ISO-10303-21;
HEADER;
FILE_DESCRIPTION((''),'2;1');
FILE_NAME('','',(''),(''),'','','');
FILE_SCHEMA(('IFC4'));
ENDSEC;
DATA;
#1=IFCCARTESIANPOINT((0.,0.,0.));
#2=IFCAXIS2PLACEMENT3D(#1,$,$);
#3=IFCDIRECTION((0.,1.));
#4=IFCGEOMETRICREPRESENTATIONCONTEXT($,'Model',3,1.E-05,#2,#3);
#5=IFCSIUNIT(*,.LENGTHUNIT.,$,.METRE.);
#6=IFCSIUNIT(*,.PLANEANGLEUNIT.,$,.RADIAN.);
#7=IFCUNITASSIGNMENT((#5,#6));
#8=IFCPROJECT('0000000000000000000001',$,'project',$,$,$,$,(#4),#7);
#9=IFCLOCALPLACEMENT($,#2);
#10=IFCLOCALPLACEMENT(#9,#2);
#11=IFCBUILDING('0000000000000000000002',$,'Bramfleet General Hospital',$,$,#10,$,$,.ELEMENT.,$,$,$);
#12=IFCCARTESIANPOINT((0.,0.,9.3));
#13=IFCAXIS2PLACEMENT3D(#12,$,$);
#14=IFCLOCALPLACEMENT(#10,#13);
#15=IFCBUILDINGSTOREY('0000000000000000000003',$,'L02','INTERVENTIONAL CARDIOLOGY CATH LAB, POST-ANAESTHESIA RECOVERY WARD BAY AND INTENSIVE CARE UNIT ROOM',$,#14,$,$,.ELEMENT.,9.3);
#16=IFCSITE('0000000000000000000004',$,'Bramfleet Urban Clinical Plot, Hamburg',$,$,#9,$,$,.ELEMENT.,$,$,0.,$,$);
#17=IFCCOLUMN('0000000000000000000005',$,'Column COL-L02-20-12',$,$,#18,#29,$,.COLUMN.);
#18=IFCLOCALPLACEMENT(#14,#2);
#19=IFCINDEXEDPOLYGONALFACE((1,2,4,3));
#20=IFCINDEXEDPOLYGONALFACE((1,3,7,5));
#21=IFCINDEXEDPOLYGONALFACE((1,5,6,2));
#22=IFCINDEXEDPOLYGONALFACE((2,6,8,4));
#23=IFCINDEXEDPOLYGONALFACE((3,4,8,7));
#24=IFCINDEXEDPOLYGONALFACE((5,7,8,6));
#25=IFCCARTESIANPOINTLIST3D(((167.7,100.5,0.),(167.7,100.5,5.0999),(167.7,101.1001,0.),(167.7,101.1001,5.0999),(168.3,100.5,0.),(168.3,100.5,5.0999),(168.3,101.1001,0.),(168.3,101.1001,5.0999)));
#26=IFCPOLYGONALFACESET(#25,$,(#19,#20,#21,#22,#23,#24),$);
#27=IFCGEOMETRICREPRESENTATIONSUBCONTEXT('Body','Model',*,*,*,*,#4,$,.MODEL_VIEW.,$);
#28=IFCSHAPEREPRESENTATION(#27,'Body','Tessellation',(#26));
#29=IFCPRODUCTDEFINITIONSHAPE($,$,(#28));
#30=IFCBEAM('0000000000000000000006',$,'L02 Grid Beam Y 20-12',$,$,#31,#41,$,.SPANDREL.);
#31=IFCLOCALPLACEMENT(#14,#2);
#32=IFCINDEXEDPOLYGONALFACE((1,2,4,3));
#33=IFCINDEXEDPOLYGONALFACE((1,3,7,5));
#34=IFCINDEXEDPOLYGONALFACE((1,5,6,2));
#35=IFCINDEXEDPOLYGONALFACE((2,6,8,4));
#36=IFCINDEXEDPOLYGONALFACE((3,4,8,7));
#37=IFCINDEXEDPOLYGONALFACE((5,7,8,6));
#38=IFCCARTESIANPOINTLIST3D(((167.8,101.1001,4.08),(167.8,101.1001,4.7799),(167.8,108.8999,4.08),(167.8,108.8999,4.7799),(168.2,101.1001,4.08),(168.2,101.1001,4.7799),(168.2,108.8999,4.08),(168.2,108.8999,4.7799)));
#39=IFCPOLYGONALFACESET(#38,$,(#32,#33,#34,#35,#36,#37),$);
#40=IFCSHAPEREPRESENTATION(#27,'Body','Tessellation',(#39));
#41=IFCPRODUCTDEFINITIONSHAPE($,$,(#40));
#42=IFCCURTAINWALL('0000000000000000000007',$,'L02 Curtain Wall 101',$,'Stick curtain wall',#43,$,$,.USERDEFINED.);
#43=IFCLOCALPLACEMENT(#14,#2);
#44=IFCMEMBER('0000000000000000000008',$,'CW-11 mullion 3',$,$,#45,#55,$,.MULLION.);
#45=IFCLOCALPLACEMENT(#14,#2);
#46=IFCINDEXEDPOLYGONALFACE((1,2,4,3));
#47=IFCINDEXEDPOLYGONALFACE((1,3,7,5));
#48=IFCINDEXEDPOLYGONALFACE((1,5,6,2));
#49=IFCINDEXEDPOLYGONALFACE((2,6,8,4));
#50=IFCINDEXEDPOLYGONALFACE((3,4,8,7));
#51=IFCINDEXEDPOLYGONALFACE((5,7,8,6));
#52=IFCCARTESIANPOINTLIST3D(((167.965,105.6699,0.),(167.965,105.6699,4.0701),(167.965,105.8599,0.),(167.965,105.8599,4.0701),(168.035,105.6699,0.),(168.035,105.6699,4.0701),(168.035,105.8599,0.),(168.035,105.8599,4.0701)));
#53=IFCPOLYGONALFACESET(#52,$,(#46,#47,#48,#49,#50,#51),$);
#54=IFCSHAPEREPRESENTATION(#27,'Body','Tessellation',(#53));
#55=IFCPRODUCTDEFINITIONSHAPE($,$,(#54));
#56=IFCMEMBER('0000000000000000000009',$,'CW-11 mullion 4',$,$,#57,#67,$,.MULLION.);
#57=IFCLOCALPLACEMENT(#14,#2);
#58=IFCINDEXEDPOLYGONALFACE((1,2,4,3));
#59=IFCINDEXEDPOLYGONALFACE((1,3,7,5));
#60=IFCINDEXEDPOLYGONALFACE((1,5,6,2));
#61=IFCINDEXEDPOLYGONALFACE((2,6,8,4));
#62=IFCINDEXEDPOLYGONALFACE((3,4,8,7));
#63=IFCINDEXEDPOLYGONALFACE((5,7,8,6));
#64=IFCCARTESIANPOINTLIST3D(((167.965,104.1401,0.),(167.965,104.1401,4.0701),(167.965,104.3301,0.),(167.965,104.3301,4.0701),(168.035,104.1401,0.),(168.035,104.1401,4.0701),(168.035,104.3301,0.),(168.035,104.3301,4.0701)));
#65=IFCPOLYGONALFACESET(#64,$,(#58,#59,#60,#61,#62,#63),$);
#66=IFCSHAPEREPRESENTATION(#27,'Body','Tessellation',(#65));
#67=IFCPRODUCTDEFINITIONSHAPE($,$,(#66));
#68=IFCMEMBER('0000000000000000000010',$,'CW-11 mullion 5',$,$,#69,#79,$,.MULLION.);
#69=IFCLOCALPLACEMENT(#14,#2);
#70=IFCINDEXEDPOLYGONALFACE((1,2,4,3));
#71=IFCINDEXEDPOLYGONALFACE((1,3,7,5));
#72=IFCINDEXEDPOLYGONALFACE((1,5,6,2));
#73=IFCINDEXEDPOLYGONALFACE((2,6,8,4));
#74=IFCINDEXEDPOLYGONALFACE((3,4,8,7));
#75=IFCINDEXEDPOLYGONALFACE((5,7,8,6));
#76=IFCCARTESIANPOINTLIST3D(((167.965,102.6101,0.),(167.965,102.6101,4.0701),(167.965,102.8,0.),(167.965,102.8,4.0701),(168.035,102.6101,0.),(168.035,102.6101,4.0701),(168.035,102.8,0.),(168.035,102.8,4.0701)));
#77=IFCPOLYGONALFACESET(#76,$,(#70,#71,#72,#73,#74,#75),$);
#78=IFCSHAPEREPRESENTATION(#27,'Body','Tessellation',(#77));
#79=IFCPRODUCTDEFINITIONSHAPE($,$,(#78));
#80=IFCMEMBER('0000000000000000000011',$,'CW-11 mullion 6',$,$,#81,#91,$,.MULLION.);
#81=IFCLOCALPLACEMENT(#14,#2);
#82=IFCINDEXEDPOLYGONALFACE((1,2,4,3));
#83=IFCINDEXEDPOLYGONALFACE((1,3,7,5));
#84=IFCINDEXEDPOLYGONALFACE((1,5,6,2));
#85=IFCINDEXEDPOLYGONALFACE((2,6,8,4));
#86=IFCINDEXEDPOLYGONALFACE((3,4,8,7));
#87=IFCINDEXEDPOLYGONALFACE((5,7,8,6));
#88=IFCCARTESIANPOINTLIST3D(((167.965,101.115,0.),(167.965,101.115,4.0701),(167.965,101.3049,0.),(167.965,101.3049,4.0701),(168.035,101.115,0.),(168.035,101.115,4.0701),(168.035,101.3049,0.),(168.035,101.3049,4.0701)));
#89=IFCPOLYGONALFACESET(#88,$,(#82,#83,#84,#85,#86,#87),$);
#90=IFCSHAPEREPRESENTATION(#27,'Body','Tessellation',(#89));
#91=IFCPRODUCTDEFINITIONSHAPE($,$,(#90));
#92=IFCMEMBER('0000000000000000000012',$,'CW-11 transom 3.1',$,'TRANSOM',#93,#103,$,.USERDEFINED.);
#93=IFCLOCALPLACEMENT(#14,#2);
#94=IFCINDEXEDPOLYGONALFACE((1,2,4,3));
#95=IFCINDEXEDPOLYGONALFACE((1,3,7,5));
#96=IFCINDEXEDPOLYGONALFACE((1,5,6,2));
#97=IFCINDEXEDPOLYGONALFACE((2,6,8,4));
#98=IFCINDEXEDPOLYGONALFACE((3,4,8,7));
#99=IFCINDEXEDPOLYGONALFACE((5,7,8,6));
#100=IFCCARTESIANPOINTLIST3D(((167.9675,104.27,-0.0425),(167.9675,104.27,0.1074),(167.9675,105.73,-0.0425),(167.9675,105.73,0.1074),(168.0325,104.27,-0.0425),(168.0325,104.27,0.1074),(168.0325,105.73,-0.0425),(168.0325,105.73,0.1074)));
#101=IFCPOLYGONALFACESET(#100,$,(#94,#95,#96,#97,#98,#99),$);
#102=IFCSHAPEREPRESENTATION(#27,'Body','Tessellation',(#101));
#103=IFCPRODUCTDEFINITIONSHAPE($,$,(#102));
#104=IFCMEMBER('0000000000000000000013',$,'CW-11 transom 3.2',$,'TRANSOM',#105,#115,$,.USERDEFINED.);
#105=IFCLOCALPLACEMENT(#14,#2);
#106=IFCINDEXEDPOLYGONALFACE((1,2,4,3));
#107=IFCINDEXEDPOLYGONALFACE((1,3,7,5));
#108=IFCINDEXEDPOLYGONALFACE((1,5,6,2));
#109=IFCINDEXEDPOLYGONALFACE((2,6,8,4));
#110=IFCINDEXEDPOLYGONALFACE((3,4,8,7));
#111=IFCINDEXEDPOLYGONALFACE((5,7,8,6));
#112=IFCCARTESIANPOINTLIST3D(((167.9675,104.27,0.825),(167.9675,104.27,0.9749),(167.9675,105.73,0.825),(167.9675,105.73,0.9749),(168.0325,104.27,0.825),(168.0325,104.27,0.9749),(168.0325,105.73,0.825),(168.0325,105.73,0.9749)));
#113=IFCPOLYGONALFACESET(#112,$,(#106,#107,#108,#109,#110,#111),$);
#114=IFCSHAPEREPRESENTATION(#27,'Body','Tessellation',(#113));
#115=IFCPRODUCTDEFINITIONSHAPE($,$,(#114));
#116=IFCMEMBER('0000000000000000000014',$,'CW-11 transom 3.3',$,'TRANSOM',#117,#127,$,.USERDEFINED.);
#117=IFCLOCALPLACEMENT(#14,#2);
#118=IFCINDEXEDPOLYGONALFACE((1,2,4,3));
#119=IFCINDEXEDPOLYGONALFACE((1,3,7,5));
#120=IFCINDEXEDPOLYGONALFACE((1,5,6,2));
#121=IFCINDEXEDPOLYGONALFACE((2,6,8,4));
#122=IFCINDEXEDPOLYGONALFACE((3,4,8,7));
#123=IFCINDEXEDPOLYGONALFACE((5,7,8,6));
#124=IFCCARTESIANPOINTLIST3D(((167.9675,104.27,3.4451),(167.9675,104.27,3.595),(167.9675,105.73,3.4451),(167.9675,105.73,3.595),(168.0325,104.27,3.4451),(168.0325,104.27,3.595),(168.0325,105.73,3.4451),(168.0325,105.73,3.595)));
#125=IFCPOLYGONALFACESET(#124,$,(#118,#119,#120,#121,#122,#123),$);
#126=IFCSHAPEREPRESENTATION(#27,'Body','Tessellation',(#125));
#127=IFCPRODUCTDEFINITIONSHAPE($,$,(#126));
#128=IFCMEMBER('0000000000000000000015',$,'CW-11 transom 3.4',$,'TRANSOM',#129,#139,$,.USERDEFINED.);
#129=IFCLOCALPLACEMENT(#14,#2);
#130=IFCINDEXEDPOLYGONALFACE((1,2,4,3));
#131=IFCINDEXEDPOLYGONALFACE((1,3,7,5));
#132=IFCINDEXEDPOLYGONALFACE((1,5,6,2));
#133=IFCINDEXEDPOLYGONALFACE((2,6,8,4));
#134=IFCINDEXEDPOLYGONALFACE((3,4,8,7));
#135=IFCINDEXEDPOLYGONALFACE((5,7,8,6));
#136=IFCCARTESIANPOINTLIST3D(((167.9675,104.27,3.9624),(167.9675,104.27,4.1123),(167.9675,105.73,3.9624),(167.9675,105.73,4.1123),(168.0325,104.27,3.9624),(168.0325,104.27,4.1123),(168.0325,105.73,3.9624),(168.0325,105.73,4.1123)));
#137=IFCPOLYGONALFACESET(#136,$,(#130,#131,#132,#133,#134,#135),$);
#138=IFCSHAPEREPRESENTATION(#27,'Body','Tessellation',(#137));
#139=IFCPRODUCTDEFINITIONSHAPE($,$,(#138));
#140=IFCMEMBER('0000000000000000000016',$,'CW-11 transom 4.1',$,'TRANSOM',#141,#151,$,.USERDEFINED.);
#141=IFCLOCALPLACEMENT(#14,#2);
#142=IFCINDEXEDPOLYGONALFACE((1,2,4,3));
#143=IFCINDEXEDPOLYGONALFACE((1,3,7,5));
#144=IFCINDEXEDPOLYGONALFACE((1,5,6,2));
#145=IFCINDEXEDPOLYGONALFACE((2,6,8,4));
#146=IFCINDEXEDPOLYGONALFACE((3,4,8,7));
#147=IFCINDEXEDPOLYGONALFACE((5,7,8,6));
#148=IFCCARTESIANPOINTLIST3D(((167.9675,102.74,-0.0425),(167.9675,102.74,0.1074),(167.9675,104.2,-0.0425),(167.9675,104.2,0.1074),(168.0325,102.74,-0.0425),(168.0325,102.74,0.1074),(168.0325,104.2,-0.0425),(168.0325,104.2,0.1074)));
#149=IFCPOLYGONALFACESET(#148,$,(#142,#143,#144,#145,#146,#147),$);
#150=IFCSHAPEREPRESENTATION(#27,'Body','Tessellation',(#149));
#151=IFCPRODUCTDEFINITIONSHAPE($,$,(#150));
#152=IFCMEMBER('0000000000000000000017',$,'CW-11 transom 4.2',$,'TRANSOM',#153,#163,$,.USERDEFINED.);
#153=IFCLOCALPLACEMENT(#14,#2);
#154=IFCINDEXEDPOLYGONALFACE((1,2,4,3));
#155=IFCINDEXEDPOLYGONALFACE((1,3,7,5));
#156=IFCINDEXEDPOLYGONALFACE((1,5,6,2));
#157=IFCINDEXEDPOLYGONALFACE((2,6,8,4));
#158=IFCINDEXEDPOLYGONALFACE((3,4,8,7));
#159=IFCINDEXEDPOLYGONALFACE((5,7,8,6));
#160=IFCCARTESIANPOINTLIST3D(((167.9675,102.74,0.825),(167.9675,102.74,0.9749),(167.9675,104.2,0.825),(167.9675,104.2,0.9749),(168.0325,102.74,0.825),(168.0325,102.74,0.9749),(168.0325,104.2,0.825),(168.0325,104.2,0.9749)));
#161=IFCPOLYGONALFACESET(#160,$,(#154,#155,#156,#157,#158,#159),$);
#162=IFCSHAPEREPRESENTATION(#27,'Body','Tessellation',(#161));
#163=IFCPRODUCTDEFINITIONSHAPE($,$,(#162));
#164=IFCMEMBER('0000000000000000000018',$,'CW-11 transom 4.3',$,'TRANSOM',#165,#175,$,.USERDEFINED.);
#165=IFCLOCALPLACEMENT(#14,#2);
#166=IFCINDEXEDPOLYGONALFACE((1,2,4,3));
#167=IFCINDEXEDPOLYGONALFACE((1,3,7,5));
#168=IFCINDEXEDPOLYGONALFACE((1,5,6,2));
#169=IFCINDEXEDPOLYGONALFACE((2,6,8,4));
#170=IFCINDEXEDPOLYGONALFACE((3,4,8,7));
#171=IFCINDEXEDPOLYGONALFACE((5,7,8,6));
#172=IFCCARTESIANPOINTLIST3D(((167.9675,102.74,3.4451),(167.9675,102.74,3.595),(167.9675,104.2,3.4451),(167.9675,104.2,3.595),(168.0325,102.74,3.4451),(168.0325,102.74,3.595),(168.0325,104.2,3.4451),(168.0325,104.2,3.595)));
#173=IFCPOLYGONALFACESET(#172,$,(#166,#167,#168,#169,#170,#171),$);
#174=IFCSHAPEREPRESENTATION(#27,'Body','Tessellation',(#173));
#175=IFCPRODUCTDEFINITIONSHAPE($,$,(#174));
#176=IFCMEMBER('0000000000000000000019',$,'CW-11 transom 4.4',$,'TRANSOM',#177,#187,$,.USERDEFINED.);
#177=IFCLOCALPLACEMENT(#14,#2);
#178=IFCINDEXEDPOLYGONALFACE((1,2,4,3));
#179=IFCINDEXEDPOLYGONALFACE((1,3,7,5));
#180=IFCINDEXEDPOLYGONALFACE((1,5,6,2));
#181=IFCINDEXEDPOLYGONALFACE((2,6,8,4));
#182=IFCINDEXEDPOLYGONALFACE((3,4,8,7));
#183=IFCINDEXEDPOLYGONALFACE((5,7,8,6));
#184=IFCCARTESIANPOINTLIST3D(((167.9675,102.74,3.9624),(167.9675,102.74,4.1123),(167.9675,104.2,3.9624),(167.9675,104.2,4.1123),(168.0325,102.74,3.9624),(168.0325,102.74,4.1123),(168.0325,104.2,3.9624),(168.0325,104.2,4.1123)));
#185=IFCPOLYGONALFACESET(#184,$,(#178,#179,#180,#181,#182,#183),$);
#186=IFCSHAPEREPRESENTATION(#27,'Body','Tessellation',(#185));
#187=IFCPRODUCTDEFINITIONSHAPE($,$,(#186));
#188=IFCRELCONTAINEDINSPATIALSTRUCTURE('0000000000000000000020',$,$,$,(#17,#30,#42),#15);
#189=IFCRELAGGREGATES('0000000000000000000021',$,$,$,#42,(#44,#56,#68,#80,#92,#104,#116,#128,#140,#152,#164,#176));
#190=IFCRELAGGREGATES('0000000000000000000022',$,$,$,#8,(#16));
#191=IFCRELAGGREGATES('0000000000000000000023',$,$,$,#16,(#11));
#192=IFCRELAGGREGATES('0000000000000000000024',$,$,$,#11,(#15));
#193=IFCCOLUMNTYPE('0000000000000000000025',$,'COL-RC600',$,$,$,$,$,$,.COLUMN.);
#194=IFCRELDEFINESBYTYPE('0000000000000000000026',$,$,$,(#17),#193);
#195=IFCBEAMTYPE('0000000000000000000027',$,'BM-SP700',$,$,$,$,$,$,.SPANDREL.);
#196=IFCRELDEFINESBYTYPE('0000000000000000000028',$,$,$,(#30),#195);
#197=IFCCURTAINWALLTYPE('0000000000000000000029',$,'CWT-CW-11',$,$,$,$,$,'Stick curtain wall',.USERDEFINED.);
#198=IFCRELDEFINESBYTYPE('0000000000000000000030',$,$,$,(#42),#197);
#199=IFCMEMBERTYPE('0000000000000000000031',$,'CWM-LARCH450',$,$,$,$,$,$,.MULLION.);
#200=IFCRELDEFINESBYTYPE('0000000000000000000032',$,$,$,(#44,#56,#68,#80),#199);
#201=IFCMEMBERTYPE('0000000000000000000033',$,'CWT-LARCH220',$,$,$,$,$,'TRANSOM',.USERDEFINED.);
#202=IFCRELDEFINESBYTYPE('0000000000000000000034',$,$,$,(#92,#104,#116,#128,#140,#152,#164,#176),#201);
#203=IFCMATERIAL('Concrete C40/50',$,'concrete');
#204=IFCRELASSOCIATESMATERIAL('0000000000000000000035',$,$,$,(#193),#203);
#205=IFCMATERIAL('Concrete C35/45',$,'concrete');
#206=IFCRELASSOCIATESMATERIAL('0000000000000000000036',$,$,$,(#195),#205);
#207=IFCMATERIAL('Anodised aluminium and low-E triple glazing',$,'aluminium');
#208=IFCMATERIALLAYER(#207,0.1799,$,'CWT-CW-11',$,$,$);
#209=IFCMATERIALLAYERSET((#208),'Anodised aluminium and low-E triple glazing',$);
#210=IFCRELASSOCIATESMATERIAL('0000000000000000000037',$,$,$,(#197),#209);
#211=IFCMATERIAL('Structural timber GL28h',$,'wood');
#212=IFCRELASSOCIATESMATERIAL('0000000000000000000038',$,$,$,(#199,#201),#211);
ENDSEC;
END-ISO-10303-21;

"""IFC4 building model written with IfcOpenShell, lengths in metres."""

from ifc_helpers import new_model, si_unit, direction, frame, origin, origin_2d, place, context, subcontext, project, spatial, rectangle, extrude, material, layer, layer_set, material_profile, profile_set, type_object, element, aggregate, save


model = new_model("IFC4")

# Units and contexts
model_context = context("Model", 3, precision=1e-05, world=origin(), true_north=direction((0.0, 1.0)))
body_context = subcontext(model_context, "Body", "Model", "MODEL_VIEW")
ifc_project = project(units=[si_unit("LENGTHUNIT", "METRE"), si_unit("PLANEANGLEUNIT", "RADIAN")], contexts=[model_context])

# Site, building, storey
site_placement = place(None, origin())
site = spatial("IfcSite", under=ifc_project, at=site_placement, Name="Bramfleet Urban Clinical Plot, Hamburg", CompositionType="ELEMENT", RefElevation=0.0)
building_placement = place(site_placement, origin())
building = spatial("IfcBuilding", under=site, at=building_placement, Name="Bramfleet General Hospital", CompositionType="ELEMENT")
storey_placement = place(building_placement, frame((0.0, 0.0, 9.3)))
storey = spatial("IfcBuildingStorey", under=building, at=storey_placement, Name="L02", Description="INTERVENTIONAL CARDIOLOGY CATH LAB, POST-ANAESTHESIA RECOVERY WARD BAY AND INTENSIVE CARE UNIT ROOM", CompositionType="ELEMENT", Elevation=9.3)

# Column
ifc_material_1 = material(Name="Concrete C40/50", Category="concrete")
ifc_material_profile_1 = material_profile(ifc_material_1, rectangle(XDim=0.6001, YDim=0.6001, at=origin_2d()), Name="RC COL 600x600")
ifc_profile_set_1 = profile_set([ifc_material_profile_1], Name="Concrete C40/50")
column_type = type_object("IfcColumnType", Name="COL-RC600", PredefinedType="COLUMN", material=ifc_profile_set_1)
column_placement = place(storey_placement, frame((168.0, 100.8, 0.0), z_axis=(0.0, 0.0, 1.0), x_axis=(1.0, 0.0, 0.0)))
element("IfcColumn", 1, at=column_placement, inside=storey, type_object=column_type, Name="Column COL-L02-20-12", PredefinedType="COLUMN", context=body_context, shape_type="SweptSolid", body=[
    extrude(rectangle(XDim=0.6001, YDim=0.6001, at=origin_2d()), origin(), (0.0, 0.0, 1.0), 5.0999),
])

# Beam
ifc_material_2 = material(Name="Concrete C35/45", Category="concrete")
ifc_material_profile_2 = material_profile(ifc_material_2, rectangle(XDim=0.3999, YDim=0.7, at=origin_2d()), Name="RC SP 700x400")
ifc_profile_set_2 = profile_set([ifc_material_profile_2], Name="Concrete C35/45")
beam_type = type_object("IfcBeamType", Name="BM-SP700", PredefinedType="SPANDREL", material=ifc_profile_set_2)
beam_placement = place(storey_placement, frame((168.0, 101.1001, 4.4299), z_axis=(0.0, 1.0, 0.0), x_axis=(-1.0, 0.0, 0.0)))
element("IfcBeam", 2, at=beam_placement, inside=storey, type_object=beam_type, Name="L02 Grid Beam Y 20-12", PredefinedType="SPANDREL", context=body_context, shape_type="SweptSolid", body=[
    extrude(rectangle(XDim=0.3999, YDim=0.7, at=origin_2d()), origin(), (0.0, 0.0, 1.0), 7.7998),
])

# Curtain wall, members
ifc_material_3 = material(Name="Anodised aluminium and low-E triple glazing", Category="aluminium")
ifc_layer_1 = layer(ifc_material_3, 0.1799, Name="CWT-CW-11")
ifc_layer_set_1 = layer_set([ifc_layer_1], Name="Anodised aluminium and low-E triple glazing")
curtain_wall_type = type_object("IfcCurtainWallType", Name="CWT-CW-11", ElementType="Stick curtain wall", PredefinedType="USERDEFINED", material=ifc_layer_set_1)
curtain_wall_placement = place(storey_placement, origin())
curtain_wall = element("IfcCurtainWall", 3, at=curtain_wall_placement, inside=storey, type_object=curtain_wall_type, Name="L02 Curtain Wall 101", ObjectType="Stick curtain wall", PredefinedType="USERDEFINED")
ifc_material_4 = material(Name="Structural timber GL28h", Category="wood")
ifc_material_profile_3 = material_profile(ifc_material_4, rectangle(XDim=0.0701, YDim=0.1899, at=origin_2d()), Name="LARCH 190x70")
ifc_profile_set_3 = profile_set([ifc_material_profile_3], Name="Structural timber GL28h")
member_type_1 = type_object("IfcMemberType", Name="CWM-LARCH450", PredefinedType="MULLION", material=ifc_profile_set_3)
member_1_placement = place(storey_placement, frame((168.0, 105.7649, 0.0), z_axis=(0.0, 0.0, 1.0), x_axis=(1.0, 0.0, 0.0)))
member_1 = element("IfcMember", 4, at=member_1_placement, type_object=member_type_1, Name="CW-11 mullion 3", PredefinedType="MULLION", context=body_context, shape_type="SweptSolid", body=[
    extrude(rectangle(XDim=0.0701, YDim=0.1899, at=origin_2d()), origin(), (0.0, 0.0, 1.0), 4.0701),
])
member_2_placement = place(storey_placement, frame((168.0, 104.2351, 0.0), z_axis=(0.0, 0.0, 1.0), x_axis=(1.0, 0.0, 0.0)))
member_2 = element("IfcMember", 5, at=member_2_placement, type_object=member_type_1, Name="CW-11 mullion 4", PredefinedType="MULLION", context=body_context, shape_type="SweptSolid", body=[
    extrude(rectangle(XDim=0.0701, YDim=0.1899, at=origin_2d()), origin(), (0.0, 0.0, 1.0), 4.0701),
])
member_3_placement = place(storey_placement, frame((168.0, 102.7051, 0.0), z_axis=(0.0, 0.0, 1.0), x_axis=(1.0, 0.0, 0.0)))
member_3 = element("IfcMember", 6, at=member_3_placement, type_object=member_type_1, Name="CW-11 mullion 5", PredefinedType="MULLION", context=body_context, shape_type="SweptSolid", body=[
    extrude(rectangle(XDim=0.0701, YDim=0.1899, at=origin_2d()), origin(), (0.0, 0.0, 1.0), 4.0701),
])
member_4_placement = place(storey_placement, frame((168.0, 101.21, 0.0), z_axis=(0.0, 0.0, 1.0), x_axis=(1.0, 0.0, 0.0)))
member_4 = element("IfcMember", 7, at=member_4_placement, type_object=member_type_1, Name="CW-11 mullion 6", PredefinedType="MULLION", context=body_context, shape_type="SweptSolid", body=[
    extrude(rectangle(XDim=0.0701, YDim=0.1899, at=origin_2d()), origin(), (0.0, 0.0, 1.0), 4.0701),
])
ifc_material_profile_4 = material_profile(ifc_material_4, rectangle(XDim=0.0649, YDim=0.1499, at=origin_2d()), Name="LARCH 150x65")
ifc_profile_set_4 = profile_set([ifc_material_profile_4], Name="Structural timber GL28h")
member_type_2 = type_object("IfcMemberType", Name="CWT-LARCH220", ElementType="TRANSOM", PredefinedType="USERDEFINED", material=ifc_profile_set_4)
member_5_placement = place(storey_placement, frame((168.0, 105.73, 0.0325), z_axis=(0.0, -1.0, 0.0), x_axis=(1.0, 0.0, 0.0)))
member_5 = element("IfcMember", 8, at=member_5_placement, type_object=member_type_2, Name="CW-11 transom 3.1", ObjectType="TRANSOM", PredefinedType="USERDEFINED", context=body_context, shape_type="SweptSolid", body=[
    extrude(rectangle(XDim=0.0649, YDim=0.1499, at=origin_2d()), origin(), (0.0, 0.0, 1.0), 1.46),
])
member_6_placement = place(storey_placement, frame((168.0, 105.73, 0.8999), z_axis=(0.0, -1.0, 0.0), x_axis=(1.0, 0.0, 0.0)))
member_6 = element("IfcMember", 9, at=member_6_placement, type_object=member_type_2, Name="CW-11 transom 3.2", ObjectType="TRANSOM", PredefinedType="USERDEFINED", context=body_context, shape_type="SweptSolid", body=[
    extrude(rectangle(XDim=0.0649, YDim=0.1499, at=origin_2d()), origin(), (0.0, 0.0, 1.0), 1.46),
])
member_7_placement = place(storey_placement, frame((168.0, 105.73, 3.52), z_axis=(0.0, -1.0, 0.0), x_axis=(1.0, 0.0, 0.0)))
member_7 = element("IfcMember", 10, at=member_7_placement, type_object=member_type_2, Name="CW-11 transom 3.3", ObjectType="TRANSOM", PredefinedType="USERDEFINED", context=body_context, shape_type="SweptSolid", body=[
    extrude(rectangle(XDim=0.0649, YDim=0.1499, at=origin_2d()), origin(), (0.0, 0.0, 1.0), 1.46),
])
member_8_placement = place(storey_placement, frame((168.0, 105.73, 4.0374), z_axis=(0.0, -1.0, 0.0), x_axis=(1.0, 0.0, 0.0)))
member_8 = element("IfcMember", 11, at=member_8_placement, type_object=member_type_2, Name="CW-11 transom 3.4", ObjectType="TRANSOM", PredefinedType="USERDEFINED", context=body_context, shape_type="SweptSolid", body=[
    extrude(rectangle(XDim=0.0649, YDim=0.1499, at=origin_2d()), origin(), (0.0, 0.0, 1.0), 1.46),
])
member_9_placement = place(storey_placement, frame((168.0, 104.2, 0.0325), z_axis=(0.0, -1.0, 0.0), x_axis=(1.0, 0.0, 0.0)))
member_9 = element("IfcMember", 12, at=member_9_placement, type_object=member_type_2, Name="CW-11 transom 4.1", ObjectType="TRANSOM", PredefinedType="USERDEFINED", context=body_context, shape_type="SweptSolid", body=[
    extrude(rectangle(XDim=0.0649, YDim=0.1499, at=origin_2d()), origin(), (0.0, 0.0, 1.0), 1.46),
])
member_10_placement = place(storey_placement, frame((168.0, 104.2, 0.8999), z_axis=(0.0, -1.0, 0.0), x_axis=(1.0, 0.0, 0.0)))
member_10 = element("IfcMember", 13, at=member_10_placement, type_object=member_type_2, Name="CW-11 transom 4.2", ObjectType="TRANSOM", PredefinedType="USERDEFINED", context=body_context, shape_type="SweptSolid", body=[
    extrude(rectangle(XDim=0.0649, YDim=0.1499, at=origin_2d()), origin(), (0.0, 0.0, 1.0), 1.46),
])
member_11_placement = place(storey_placement, frame((168.0, 104.2, 3.52), z_axis=(0.0, -1.0, 0.0), x_axis=(1.0, 0.0, 0.0)))
member_11 = element("IfcMember", 14, at=member_11_placement, type_object=member_type_2, Name="CW-11 transom 4.3", ObjectType="TRANSOM", PredefinedType="USERDEFINED", context=body_context, shape_type="SweptSolid", body=[
    extrude(rectangle(XDim=0.0649, YDim=0.1499, at=origin_2d()), origin(), (0.0, 0.0, 1.0), 1.46),
])
member_12_placement = place(storey_placement, frame((168.0, 104.2, 4.0374), z_axis=(0.0, -1.0, 0.0), x_axis=(1.0, 0.0, 0.0)))
member_12 = element("IfcMember", 15, at=member_12_placement, type_object=member_type_2, Name="CW-11 transom 4.4", ObjectType="TRANSOM", PredefinedType="USERDEFINED", context=body_context, shape_type="SweptSolid", body=[
    extrude(rectangle(XDim=0.0649, YDim=0.1499, at=origin_2d()), origin(), (0.0, 0.0, 1.0), 1.46),
])
aggregate(curtain_wall, [member_1, member_2, member_3, member_4, member_5, member_6, member_7, member_8, member_9, member_10, member_11, member_12])

save(model, "model.ifc")
